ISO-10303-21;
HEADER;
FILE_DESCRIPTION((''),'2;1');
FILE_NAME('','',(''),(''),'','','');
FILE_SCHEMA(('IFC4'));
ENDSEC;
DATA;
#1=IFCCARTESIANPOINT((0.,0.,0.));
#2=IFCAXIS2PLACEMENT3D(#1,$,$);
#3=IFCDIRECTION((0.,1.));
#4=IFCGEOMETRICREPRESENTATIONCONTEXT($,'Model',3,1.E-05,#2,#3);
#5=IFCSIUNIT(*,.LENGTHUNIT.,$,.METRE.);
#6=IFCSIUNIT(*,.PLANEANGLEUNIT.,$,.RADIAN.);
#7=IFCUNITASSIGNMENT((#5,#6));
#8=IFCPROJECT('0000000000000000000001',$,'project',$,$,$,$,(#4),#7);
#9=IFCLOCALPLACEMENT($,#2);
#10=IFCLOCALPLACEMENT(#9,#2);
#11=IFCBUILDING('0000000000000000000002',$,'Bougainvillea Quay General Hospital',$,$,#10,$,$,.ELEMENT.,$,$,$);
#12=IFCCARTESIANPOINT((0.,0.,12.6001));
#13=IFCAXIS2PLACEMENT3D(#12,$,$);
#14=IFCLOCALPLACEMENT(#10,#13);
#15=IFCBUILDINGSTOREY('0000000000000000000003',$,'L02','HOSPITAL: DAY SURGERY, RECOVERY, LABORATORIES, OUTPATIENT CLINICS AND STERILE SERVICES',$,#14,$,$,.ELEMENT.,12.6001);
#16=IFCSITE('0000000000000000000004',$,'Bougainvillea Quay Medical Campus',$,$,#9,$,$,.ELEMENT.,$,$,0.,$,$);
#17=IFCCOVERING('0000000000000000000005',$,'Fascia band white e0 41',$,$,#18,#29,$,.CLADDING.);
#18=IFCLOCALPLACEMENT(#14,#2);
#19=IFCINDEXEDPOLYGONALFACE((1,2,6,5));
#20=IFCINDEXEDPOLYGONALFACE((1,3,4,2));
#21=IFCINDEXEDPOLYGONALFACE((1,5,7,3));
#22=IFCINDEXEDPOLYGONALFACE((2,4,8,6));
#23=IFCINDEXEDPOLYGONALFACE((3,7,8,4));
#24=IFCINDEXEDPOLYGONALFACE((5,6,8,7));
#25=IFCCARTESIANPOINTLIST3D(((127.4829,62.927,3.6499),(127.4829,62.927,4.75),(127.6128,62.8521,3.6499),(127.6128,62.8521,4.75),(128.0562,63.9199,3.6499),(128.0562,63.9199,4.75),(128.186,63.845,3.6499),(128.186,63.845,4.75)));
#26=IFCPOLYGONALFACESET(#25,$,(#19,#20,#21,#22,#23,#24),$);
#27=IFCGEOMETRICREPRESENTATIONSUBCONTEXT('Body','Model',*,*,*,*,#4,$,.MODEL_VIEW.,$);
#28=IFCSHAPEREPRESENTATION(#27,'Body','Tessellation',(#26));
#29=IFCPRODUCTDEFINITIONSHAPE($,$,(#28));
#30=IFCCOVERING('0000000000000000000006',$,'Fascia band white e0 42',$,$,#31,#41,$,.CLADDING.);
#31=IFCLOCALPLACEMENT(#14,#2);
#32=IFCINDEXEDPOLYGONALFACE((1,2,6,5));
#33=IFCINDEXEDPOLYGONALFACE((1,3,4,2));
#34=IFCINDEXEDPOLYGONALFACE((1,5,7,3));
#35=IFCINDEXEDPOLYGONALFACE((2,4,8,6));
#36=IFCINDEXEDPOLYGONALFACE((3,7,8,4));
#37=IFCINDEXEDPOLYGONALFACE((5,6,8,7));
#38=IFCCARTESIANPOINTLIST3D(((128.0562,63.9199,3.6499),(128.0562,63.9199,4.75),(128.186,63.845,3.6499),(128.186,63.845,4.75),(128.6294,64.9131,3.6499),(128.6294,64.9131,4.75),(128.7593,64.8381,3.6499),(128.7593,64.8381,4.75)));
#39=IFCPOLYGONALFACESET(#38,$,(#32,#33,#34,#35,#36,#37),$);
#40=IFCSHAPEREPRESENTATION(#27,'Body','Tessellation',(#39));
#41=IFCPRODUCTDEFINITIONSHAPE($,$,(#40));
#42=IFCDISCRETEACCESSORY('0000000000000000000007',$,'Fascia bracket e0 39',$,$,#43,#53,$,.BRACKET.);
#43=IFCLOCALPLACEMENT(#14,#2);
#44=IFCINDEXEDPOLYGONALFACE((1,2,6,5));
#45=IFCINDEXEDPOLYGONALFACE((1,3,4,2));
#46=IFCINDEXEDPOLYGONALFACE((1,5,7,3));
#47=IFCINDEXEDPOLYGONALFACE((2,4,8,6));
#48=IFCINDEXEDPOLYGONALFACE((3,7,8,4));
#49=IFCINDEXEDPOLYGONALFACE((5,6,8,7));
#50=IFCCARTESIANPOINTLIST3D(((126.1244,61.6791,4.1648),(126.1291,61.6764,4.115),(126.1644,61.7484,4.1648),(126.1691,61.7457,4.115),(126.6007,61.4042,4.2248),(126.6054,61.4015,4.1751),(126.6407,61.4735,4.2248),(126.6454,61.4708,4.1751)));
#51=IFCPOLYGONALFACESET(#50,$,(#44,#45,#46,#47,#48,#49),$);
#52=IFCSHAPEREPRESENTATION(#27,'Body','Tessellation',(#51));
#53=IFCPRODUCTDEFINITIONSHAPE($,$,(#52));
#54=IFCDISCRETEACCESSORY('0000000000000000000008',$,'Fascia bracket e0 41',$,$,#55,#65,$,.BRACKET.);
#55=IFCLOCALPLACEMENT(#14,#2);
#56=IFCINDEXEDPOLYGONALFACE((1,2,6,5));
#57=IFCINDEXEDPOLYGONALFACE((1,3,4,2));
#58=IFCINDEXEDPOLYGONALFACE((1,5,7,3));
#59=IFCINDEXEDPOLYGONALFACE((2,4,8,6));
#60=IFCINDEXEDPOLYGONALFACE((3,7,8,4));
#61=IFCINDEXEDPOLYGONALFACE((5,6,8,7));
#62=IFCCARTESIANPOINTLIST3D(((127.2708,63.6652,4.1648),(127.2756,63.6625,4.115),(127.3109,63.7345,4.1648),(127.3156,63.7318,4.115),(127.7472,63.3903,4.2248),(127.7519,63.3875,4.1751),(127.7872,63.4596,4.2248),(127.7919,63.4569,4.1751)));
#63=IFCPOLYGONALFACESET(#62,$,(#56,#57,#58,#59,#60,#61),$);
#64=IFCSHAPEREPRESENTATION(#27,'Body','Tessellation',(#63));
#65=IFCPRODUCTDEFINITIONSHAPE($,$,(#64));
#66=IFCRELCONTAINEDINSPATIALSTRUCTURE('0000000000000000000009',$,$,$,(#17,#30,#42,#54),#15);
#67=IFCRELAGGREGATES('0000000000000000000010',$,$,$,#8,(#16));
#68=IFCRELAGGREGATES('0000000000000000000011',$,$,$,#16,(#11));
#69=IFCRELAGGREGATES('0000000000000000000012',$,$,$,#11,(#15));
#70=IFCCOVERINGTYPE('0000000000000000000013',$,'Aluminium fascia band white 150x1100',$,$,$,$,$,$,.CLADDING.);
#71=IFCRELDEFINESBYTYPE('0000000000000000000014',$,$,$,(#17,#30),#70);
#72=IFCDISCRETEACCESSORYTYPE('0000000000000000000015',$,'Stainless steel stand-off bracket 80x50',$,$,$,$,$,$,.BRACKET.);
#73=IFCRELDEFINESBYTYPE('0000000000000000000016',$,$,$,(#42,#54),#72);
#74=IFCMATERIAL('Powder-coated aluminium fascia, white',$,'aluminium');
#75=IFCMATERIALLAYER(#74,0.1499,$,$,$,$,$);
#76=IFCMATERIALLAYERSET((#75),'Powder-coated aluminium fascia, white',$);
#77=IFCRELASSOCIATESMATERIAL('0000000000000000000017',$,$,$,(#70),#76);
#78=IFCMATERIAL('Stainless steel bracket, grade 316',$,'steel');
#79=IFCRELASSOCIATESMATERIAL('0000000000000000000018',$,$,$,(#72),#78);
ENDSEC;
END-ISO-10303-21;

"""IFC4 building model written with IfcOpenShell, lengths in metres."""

from ifc_helpers import new_model, si_unit, direction, frame, origin, origin_2d, place, context, subcontext, project, spatial, polyline, rectangle, outline, extrude, material, layer, layer_set, material_profile, profile_set, type_object, element, save


model = new_model("IFC4")

# Units and contexts
model_context = context("Model", 3, precision=1e-05, world=origin(), true_north=direction((0.0, 1.0)))
body_context = subcontext(model_context, "Body", "Model", "MODEL_VIEW")
ifc_project = project(units=[si_unit("LENGTHUNIT", "METRE"), si_unit("PLANEANGLEUNIT", "RADIAN")], contexts=[model_context])

# Site, building, storey
site_placement = place(None, origin())
site = spatial("IfcSite", under=ifc_project, at=site_placement, Name="Bougainvillea Quay Medical Campus", CompositionType="ELEMENT", RefElevation=0.0)
building_placement = place(site_placement, origin())
building = spatial("IfcBuilding", under=site, at=building_placement, Name="Bougainvillea Quay General Hospital", CompositionType="ELEMENT")
storey_placement = place(building_placement, frame((0.0, 0.0, 12.6001)))
storey = spatial("IfcBuildingStorey", under=building, at=storey_placement, Name="L02", Description="HOSPITAL: DAY SURGERY, RECOVERY, LABORATORIES, OUTPATIENT CLINICS AND STERILE SERVICES", CompositionType="ELEMENT", Elevation=12.6001)

# Coverings
ifc_material_1 = material(Name="Powder-coated aluminium fascia, white", Category="aluminium")
ifc_layer_1 = layer(ifc_material_1, 0.1499)
ifc_layer_set_1 = layer_set([ifc_layer_1], Name="Powder-coated aluminium fascia, white")
covering_type = type_object("IfcCoveringType", Name="Aluminium fascia band white 150x1100", PredefinedType="CLADDING", material=ifc_layer_set_1)
for number, where, z_axis, x_axis, name in (
    (1, (127.4829, 62.927, 3.6499), (0.0, 0.0, 1.0), (0.499987, 0.866033, 0.0), "Fascia band white e0 41"),
):
    element("IfcCovering", number, at=place(storey_placement, frame(where, z_axis=z_axis, x_axis=x_axis)), inside=storey, type_object=covering_type, Name=name, PredefinedType="CLADDING", context=body_context, shape_type="SweptSolid", body=[
        extrude(outline(polyline([(0.0, 0.0), (1.1465, 0.0), (1.1465, -0.15), (0.0, -0.15), (0.0, 0.0)])), origin(), (0.0, 0.0, 1.0), 1.1001),
    ])
covering_1_placement = place(storey_placement, frame((128.0562, 63.9199, 3.6499), z_axis=(0.0, 0.0, 1.0), x_axis=(0.499894, 0.866086, 0.0)))
element("IfcCovering", 2, at=covering_1_placement, inside=storey, type_object=covering_type, Name="Fascia band white e0 42", PredefinedType="CLADDING", context=body_context, shape_type="SweptSolid", body=[
    extrude(outline(polyline([(0.0, 0.0), (1.1467, 0.0), (1.1467, -0.15), (0.0, -0.15), (0.0, 0.0)])), origin(), (0.0, 0.0, 1.0), 1.1001),
])

# Discrete accessories
ifc_material_2 = material(Name="Stainless steel bracket, grade 316", Category="steel")
ifc_material_profile_1 = material_profile(ifc_material_2, rectangle(XDim=0.0801, YDim=0.05, at=origin_2d()))
ifc_profile_set_1 = profile_set([ifc_material_profile_1], Name="Stainless steel bracket, grade 316")
discrete_accessory_type = type_object("IfcDiscreteAccessoryType", Name="Stainless steel stand-off bracket 80x50", PredefinedType="BRACKET", material=ifc_profile_set_1)
for number, where, z_axis, x_axis, name in (
    (3, (126.1467, 61.7124, 4.1399), (0.860985, -0.496909, 0.108561), (0.499863, 0.866104, 0.0), "Fascia bracket e0 39"),
    (4, (127.2932, 63.6985, 4.1399), (0.860985, -0.496909, 0.108561), (0.499863, 0.866104, 0.0), "Fascia bracket e0 41"),
):
    element("IfcDiscreteAccessory", number, at=place(storey_placement, frame(where, z_axis=z_axis, x_axis=x_axis)), inside=storey, type_object=discrete_accessory_type, Name=name, PredefinedType="BRACKET", context=body_context, shape_type="SweptSolid", body=[
        extrude(rectangle(XDim=0.0801, YDim=0.05, at=origin_2d()), origin(), (0.0, 0.0, 1.0), 0.5532),
    ])

save(model, "model.ifc")
